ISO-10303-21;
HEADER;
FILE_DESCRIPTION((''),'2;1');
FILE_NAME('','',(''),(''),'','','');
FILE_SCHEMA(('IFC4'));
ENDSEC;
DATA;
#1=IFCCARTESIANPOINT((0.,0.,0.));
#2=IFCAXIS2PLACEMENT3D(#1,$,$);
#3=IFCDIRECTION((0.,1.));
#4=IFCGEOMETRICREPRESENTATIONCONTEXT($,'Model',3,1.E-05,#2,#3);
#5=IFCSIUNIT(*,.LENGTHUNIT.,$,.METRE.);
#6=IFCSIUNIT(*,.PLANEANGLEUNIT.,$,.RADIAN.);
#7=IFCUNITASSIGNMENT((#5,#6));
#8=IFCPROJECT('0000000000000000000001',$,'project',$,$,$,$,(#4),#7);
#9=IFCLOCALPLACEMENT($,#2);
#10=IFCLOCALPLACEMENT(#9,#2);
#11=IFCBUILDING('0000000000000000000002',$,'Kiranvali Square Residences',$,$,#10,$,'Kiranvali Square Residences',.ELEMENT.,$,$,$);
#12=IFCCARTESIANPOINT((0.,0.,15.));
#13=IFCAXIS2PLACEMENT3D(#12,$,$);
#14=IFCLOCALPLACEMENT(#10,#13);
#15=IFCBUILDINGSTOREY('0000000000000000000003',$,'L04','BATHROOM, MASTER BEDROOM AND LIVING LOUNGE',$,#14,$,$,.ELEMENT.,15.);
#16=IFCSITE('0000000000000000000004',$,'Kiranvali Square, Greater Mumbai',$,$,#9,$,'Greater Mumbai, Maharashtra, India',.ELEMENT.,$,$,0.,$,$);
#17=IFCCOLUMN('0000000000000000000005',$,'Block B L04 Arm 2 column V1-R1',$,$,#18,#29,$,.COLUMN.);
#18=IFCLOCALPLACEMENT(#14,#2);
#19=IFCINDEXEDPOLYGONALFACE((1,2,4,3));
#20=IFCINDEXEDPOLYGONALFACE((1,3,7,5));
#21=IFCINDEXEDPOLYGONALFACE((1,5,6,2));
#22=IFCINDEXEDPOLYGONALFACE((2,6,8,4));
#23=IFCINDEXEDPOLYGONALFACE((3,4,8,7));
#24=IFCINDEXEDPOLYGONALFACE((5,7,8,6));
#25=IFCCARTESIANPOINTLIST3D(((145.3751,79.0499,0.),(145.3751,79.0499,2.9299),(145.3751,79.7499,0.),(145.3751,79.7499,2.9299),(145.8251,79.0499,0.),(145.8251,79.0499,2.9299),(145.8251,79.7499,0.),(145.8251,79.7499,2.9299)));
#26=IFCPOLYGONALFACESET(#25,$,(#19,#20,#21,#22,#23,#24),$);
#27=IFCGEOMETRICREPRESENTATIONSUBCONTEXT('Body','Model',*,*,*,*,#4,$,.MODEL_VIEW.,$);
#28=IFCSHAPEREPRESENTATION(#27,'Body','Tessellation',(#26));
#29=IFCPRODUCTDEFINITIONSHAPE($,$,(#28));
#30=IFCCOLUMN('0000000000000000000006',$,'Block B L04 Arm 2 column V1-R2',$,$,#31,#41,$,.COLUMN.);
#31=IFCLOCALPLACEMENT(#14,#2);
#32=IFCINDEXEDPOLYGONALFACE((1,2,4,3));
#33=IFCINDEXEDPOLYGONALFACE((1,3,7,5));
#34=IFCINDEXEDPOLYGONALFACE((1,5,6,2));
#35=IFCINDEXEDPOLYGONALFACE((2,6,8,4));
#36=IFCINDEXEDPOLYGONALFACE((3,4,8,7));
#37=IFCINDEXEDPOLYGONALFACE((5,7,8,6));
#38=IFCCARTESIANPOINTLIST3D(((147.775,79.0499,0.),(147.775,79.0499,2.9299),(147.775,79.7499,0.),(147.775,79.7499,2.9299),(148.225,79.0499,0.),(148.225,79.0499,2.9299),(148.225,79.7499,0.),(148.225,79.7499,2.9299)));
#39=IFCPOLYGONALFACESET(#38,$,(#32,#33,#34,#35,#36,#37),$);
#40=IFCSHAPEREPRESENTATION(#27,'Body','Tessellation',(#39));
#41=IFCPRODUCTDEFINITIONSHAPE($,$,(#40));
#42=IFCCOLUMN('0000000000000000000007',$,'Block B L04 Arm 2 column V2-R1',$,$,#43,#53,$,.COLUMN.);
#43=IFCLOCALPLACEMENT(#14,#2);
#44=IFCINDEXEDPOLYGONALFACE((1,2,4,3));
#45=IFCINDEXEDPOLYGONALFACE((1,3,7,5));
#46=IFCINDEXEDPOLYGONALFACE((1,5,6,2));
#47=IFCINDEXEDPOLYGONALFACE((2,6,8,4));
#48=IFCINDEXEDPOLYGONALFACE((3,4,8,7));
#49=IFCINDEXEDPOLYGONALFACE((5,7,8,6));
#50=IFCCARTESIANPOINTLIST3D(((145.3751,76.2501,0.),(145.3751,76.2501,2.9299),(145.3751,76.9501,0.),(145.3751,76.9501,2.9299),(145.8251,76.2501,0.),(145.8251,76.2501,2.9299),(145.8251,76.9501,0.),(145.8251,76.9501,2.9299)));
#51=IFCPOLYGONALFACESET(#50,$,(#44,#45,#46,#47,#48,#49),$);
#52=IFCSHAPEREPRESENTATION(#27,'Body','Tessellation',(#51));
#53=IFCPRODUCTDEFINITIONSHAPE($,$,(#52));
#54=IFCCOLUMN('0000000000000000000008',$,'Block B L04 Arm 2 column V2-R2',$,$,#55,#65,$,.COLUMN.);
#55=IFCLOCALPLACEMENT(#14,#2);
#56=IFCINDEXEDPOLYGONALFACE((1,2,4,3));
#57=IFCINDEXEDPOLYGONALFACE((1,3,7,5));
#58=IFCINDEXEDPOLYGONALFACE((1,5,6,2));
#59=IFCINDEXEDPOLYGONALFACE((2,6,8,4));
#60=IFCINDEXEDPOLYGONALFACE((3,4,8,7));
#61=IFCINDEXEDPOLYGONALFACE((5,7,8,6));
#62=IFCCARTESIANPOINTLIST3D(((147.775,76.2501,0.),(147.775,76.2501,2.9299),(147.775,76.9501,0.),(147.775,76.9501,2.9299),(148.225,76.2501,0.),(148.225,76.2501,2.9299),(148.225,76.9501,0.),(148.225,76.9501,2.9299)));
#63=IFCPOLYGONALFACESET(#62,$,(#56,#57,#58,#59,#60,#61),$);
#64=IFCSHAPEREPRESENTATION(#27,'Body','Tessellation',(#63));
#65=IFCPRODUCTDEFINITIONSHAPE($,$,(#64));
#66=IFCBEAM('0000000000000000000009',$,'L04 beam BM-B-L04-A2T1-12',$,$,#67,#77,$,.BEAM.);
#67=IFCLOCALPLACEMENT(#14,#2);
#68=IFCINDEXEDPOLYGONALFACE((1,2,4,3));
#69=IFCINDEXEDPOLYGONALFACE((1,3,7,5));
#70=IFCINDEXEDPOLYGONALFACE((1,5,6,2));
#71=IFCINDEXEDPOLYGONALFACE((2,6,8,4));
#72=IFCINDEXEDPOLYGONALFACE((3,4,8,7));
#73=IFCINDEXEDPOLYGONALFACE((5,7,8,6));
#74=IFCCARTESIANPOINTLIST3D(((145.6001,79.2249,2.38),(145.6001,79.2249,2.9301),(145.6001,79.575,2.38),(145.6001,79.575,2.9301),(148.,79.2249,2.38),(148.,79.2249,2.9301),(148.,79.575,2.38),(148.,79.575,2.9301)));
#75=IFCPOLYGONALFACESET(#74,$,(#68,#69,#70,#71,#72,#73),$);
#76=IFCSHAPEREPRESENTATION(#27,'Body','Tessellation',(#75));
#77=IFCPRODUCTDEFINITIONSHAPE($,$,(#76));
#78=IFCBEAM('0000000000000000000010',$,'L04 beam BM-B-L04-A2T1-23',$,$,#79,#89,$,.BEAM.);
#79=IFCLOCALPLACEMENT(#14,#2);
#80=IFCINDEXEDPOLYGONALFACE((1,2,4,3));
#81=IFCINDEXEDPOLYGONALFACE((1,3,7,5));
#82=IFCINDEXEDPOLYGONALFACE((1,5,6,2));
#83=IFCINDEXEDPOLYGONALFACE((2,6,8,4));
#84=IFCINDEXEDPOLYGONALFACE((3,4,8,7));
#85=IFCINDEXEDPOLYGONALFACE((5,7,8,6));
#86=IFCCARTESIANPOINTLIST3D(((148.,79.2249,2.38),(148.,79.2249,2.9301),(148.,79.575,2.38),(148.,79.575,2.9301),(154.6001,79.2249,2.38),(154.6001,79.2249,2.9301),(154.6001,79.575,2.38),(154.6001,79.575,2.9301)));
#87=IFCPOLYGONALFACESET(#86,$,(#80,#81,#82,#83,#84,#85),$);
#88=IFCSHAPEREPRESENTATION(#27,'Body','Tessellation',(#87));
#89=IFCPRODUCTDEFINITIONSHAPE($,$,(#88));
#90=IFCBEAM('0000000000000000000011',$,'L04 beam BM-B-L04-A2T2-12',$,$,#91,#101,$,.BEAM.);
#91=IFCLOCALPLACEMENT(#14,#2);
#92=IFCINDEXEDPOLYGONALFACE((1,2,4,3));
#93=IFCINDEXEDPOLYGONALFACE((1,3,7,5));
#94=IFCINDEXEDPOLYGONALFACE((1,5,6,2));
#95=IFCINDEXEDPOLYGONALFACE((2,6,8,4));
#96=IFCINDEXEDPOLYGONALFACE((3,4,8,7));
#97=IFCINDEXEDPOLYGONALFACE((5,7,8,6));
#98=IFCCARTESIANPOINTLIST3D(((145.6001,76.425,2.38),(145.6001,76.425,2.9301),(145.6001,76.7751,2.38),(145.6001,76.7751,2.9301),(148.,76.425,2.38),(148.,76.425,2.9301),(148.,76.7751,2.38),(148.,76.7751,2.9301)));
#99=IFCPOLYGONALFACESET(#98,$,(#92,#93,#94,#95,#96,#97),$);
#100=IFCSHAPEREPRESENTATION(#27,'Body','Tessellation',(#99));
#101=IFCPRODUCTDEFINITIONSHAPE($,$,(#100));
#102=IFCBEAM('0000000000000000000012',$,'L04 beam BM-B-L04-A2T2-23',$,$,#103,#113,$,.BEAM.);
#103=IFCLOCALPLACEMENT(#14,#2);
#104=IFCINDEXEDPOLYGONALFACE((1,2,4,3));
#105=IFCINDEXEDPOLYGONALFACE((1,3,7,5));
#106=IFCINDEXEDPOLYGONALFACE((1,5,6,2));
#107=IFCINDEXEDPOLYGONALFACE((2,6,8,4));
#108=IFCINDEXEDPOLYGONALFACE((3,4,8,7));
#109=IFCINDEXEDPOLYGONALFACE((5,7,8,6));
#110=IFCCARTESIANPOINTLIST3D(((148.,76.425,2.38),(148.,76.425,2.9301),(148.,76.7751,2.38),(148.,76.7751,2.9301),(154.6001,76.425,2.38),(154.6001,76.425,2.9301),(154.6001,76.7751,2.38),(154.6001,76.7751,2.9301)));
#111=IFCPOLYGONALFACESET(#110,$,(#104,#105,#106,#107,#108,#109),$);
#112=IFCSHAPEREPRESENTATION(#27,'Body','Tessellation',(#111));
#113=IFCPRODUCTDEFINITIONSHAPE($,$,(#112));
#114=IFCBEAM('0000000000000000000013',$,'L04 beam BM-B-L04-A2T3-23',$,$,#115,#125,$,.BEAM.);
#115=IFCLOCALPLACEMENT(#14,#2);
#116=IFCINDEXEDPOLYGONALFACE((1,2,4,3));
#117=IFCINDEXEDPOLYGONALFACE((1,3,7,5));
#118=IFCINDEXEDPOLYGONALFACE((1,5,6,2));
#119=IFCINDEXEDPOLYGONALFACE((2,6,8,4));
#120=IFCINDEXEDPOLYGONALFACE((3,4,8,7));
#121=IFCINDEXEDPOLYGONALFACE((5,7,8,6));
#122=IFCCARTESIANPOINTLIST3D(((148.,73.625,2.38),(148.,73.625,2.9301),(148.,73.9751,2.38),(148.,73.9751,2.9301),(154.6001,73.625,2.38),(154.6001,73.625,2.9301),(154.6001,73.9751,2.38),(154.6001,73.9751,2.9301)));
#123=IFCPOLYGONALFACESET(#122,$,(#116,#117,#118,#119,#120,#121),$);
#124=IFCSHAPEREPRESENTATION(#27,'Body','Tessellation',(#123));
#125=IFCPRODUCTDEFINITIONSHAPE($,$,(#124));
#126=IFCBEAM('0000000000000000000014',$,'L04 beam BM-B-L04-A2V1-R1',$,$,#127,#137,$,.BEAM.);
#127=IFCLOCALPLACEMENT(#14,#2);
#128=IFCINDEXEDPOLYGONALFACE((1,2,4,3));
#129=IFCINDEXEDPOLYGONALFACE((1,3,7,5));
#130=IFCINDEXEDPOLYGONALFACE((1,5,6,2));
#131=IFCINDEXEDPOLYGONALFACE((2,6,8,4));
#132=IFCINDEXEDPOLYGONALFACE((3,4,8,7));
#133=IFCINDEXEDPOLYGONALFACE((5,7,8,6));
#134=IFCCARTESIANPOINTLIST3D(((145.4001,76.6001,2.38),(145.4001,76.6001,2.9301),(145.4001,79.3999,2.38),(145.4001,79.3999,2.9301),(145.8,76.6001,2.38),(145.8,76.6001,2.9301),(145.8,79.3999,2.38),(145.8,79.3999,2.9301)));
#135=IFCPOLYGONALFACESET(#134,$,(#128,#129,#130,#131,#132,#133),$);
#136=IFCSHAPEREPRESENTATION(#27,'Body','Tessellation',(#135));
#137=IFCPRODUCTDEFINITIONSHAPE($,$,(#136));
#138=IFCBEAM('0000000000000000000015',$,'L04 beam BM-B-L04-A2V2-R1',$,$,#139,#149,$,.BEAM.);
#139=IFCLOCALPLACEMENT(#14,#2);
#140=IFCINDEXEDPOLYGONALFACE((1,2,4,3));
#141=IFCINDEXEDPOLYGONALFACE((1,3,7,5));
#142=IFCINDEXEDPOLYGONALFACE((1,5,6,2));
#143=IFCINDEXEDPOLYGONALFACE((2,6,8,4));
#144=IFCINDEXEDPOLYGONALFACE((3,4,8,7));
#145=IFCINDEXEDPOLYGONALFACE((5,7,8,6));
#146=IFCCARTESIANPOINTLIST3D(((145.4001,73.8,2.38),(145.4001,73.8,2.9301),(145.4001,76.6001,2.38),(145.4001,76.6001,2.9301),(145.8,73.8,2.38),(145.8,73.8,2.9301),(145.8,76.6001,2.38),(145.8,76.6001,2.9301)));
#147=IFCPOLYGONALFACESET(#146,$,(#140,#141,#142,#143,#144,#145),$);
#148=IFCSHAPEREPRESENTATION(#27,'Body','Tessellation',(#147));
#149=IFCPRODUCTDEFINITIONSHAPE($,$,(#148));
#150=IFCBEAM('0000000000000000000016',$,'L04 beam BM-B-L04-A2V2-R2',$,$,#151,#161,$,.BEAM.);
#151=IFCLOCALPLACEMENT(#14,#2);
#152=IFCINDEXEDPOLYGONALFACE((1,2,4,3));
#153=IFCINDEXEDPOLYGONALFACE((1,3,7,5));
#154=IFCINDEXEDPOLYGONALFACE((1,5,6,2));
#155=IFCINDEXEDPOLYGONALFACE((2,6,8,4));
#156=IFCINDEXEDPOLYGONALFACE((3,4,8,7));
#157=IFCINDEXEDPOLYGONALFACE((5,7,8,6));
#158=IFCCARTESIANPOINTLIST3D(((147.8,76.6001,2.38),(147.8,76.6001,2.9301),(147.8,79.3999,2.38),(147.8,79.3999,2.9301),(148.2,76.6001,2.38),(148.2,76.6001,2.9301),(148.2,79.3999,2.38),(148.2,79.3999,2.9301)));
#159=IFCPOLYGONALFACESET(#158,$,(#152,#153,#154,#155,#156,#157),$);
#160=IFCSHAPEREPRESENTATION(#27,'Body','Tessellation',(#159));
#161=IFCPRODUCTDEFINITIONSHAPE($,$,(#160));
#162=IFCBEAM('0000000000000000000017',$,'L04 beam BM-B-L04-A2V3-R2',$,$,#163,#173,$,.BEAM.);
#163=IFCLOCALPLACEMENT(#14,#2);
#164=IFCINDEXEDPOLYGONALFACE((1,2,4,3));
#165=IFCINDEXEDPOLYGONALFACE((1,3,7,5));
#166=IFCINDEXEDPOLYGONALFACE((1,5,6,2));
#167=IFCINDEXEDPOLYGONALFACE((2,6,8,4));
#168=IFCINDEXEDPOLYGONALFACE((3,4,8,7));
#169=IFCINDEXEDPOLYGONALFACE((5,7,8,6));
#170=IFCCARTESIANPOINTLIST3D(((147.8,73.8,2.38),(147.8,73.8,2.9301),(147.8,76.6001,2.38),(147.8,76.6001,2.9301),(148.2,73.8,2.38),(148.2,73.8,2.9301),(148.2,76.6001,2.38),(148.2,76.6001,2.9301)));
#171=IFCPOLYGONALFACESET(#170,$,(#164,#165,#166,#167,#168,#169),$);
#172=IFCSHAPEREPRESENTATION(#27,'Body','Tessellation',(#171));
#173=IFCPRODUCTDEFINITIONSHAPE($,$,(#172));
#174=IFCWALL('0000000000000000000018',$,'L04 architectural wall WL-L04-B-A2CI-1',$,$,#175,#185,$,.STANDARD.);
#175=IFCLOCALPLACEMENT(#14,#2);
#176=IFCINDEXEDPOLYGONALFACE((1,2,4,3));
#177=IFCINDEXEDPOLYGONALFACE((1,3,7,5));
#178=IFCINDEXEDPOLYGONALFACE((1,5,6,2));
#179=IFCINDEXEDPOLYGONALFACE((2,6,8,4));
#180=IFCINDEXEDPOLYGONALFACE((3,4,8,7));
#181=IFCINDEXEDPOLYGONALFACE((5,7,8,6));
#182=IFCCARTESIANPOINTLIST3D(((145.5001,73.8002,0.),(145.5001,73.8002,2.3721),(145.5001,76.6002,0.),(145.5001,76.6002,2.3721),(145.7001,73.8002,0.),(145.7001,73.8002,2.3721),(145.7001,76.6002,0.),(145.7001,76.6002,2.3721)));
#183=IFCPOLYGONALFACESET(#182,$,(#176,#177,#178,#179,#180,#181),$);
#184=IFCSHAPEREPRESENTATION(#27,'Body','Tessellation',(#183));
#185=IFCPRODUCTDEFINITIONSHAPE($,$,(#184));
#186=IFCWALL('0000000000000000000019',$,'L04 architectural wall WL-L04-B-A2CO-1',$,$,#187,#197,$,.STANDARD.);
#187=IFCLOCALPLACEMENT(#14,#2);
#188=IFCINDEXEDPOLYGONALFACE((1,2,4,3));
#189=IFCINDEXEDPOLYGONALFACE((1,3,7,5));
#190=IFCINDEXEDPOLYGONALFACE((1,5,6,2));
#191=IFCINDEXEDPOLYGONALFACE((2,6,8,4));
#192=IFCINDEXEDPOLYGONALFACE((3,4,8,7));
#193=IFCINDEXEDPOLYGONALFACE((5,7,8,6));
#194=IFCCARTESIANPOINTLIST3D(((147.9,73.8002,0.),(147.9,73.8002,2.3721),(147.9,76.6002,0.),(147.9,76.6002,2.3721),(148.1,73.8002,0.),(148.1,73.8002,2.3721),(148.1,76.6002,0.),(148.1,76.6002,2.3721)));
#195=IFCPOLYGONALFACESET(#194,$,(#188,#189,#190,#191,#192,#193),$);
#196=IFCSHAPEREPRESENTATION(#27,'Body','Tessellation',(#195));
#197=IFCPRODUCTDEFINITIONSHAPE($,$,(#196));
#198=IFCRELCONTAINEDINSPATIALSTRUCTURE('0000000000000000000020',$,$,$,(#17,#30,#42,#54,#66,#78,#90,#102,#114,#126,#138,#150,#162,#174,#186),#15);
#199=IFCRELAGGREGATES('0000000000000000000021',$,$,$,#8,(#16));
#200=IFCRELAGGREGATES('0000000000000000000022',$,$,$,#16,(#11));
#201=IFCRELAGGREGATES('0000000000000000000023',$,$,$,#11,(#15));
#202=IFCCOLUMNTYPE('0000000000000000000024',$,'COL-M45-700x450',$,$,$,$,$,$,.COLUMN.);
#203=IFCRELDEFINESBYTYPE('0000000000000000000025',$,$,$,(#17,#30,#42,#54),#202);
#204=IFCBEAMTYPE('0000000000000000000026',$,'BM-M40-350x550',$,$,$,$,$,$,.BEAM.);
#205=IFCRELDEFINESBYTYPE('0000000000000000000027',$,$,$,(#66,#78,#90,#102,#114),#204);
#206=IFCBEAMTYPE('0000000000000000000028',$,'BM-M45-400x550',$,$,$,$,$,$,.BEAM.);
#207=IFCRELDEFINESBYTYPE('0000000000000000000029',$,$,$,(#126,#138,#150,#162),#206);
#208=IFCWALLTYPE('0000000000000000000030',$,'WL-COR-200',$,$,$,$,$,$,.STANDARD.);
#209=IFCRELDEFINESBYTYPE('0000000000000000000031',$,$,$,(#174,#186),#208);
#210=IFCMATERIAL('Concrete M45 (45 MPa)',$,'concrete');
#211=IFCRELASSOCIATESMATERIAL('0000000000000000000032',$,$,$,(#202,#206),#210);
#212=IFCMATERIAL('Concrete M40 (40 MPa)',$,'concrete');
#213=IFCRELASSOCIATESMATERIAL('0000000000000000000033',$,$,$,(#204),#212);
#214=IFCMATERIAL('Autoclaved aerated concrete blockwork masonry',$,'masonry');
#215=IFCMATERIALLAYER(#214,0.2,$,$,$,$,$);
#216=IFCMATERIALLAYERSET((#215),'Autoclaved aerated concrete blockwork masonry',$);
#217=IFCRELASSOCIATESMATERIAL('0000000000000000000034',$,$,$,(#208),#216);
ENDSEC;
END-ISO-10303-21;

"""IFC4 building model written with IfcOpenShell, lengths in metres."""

from ifc_helpers import new_model, si_unit, direction, frame, frame_2d, origin, origin_2d, place, context, subcontext, project, spatial, rectangle, extrude, material, layer, layer_set, material_profile, profile_set, type_object, element, save


model = new_model("IFC4")

# Units and contexts
model_context = context("Model", 3, precision=1e-05, world=origin(), true_north=direction((0.0, 1.0)))
body_context = subcontext(model_context, "Body", "Model", "MODEL_VIEW")
ifc_project = project(units=[si_unit("LENGTHUNIT", "METRE"), si_unit("PLANEANGLEUNIT", "RADIAN")], contexts=[model_context])

# Site, building, storey
site_placement = place(None, origin())
site = spatial("IfcSite", under=ifc_project, at=site_placement, Name="Kiranvali Square, Greater Mumbai", LongName="Greater Mumbai, Maharashtra, India", CompositionType="ELEMENT", RefElevation=0.0)
building_placement = place(site_placement, origin())
building = spatial("IfcBuilding", under=site, at=building_placement, Name="Kiranvali Square Residences", LongName="Kiranvali Square Residences", CompositionType="ELEMENT")
storey_placement = place(building_placement, frame((0.0, 0.0, 15.0)))
storey = spatial("IfcBuildingStorey", under=building, at=storey_placement, Name="L04", Description="BATHROOM, MASTER BEDROOM AND LIVING LOUNGE", CompositionType="ELEMENT", Elevation=15.0)

# Columns
ifc_material_1 = material(Name="Concrete M45 (45 MPa)", Category="concrete")
ifc_material_profile_1 = material_profile(ifc_material_1, rectangle(XDim=0.45, YDim=0.7, at=origin_2d()), Name="RC 700x450")
ifc_profile_set_1 = profile_set([ifc_material_profile_1], Name="Concrete M45 (45 MPa)")
column_type = type_object("IfcColumnType", Name="COL-M45-700x450", PredefinedType="COLUMN", material=ifc_profile_set_1)
for number, where, z_axis, x_axis, name in (
    (1, (145.6001, 79.3999, 0.0), (0.0, 0.0, 1.0), (1.0, 0.0, 0.0), "Block B L04 Arm 2 column V1-R1"),
    (2, (148.0, 79.3999, 0.0), (0.0, 0.0, 1.0), (1.0, 0.0, 0.0), "Block B L04 Arm 2 column V1-R2"),
    (3, (145.6001, 76.6001, 0.0), (0.0, 0.0, 1.0), (1.0, 0.0, 0.0), "Block B L04 Arm 2 column V2-R1"),
    (4, (148.0, 76.6001, 0.0), (0.0, 0.0, 1.0), (1.0, 0.0, 0.0), "Block B L04 Arm 2 column V2-R2"),
):
    element("IfcColumn", number, at=place(storey_placement, frame(where, z_axis=z_axis, x_axis=x_axis)), inside=storey, type_object=column_type, Name=name, PredefinedType="COLUMN", context=body_context, shape_type="SweptSolid", body=[
        extrude(rectangle(XDim=0.45, YDim=0.7, at=origin_2d()), origin(), (0.0, 0.0, 1.0), 2.9299),
    ])

# Beams
ifc_material_2 = material(Name="Concrete M40 (40 MPa)", Category="concrete")
ifc_material_profile_2 = material_profile(ifc_material_2, rectangle(XDim=0.3501, YDim=0.55, at=origin_2d()), Name="RC 350x550")
ifc_profile_set_2 = profile_set([ifc_material_profile_2], Name="Concrete M40 (40 MPa)")
beam_type_1 = type_object("IfcBeamType", Name="BM-M40-350x550", PredefinedType="BEAM", material=ifc_profile_set_2)
beam_1_placement = place(storey_placement, frame((145.6001, 79.3999, 2.655), z_axis=(1.0, 0.0, 0.0), x_axis=(0.0, 1.0, 0.0)))
element("IfcBeam", 5, at=beam_1_placement, inside=storey, type_object=beam_type_1, Name="L04 beam BM-B-L04-A2T1-12", PredefinedType="BEAM", context=body_context, shape_type="SweptSolid", body=[
    extrude(rectangle(XDim=0.3501, YDim=0.55, at=origin_2d()), origin(), (0.0, 0.0, 1.0), 2.3999),
])
beam_2_placement = place(storey_placement, frame((148.0, 79.3999, 2.655), z_axis=(1.0, 0.0, 0.0), x_axis=(0.0, 1.0, 0.0)))
element("IfcBeam", 6, at=beam_2_placement, inside=storey, type_object=beam_type_1, Name="L04 beam BM-B-L04-A2T1-23", PredefinedType="BEAM", context=body_context, shape_type="SweptSolid", body=[
    extrude(rectangle(XDim=0.3501, YDim=0.55, at=origin_2d()), origin(), (0.0, 0.0, 1.0), 6.6001),
])
beam_3_placement = place(storey_placement, frame((145.6001, 76.6001, 2.655), z_axis=(1.0, 0.0, 0.0), x_axis=(0.0, 1.0, 0.0)))
element("IfcBeam", 7, at=beam_3_placement, inside=storey, type_object=beam_type_1, Name="L04 beam BM-B-L04-A2T2-12", PredefinedType="BEAM", context=body_context, shape_type="SweptSolid", body=[
    extrude(rectangle(XDim=0.3501, YDim=0.55, at=origin_2d()), origin(), (0.0, 0.0, 1.0), 2.3999),
])
for number, where, z_axis, x_axis, name in (
    (8, (148.0, 76.6001, 2.655), (1.0, 0.0, 0.0), (0.0, 1.0, 0.0), "L04 beam BM-B-L04-A2T2-23"),
    (9, (148.0, 73.8, 2.655), (1.0, 0.0, 0.0), (0.0, 1.0, 0.0), "L04 beam BM-B-L04-A2T3-23"),
):
    element("IfcBeam", number, at=place(storey_placement, frame(where, z_axis=z_axis, x_axis=x_axis)), inside=storey, type_object=beam_type_1, Name=name, PredefinedType="BEAM", context=body_context, shape_type="SweptSolid", body=[
        extrude(rectangle(XDim=0.3501, YDim=0.55, at=origin_2d()), origin(), (0.0, 0.0, 1.0), 6.6001),
    ])
ifc_material_profile_3 = material_profile(ifc_material_1, rectangle(XDim=0.3999, YDim=0.55, at=origin_2d()), Name="RC 400x550")
ifc_profile_set_3 = profile_set([ifc_material_profile_3], Name="Concrete M45 (45 MPa)")
beam_type_2 = type_object("IfcBeamType", Name="BM-M45-400x550", PredefinedType="BEAM", material=ifc_profile_set_3)
beam_4_placement = place(storey_placement, frame((145.6001, 79.3999, 2.655), z_axis=(0.0, -1.0, 0.0), x_axis=(1.0, 0.0, 0.0)))
element("IfcBeam", 10, at=beam_4_placement, inside=storey, type_object=beam_type_2, Name="L04 beam BM-B-L04-A2V1-R1", PredefinedType="BEAM", context=body_context, shape_type="SweptSolid", body=[
    extrude(rectangle(XDim=0.3999, YDim=0.55, at=origin_2d()), origin(), (0.0, 0.0, 1.0), 2.7998),
])
beam_5_placement = place(storey_placement, frame((145.6001, 76.6001, 2.655), z_axis=(0.0, -1.0, 0.0), x_axis=(1.0, 0.0, 0.0)))
element("IfcBeam", 11, at=beam_5_placement, inside=storey, type_object=beam_type_2, Name="L04 beam BM-B-L04-A2V2-R1", PredefinedType="BEAM", context=body_context, shape_type="SweptSolid", body=[
    extrude(rectangle(XDim=0.3999, YDim=0.55, at=origin_2d()), origin(), (0.0, 0.0, 1.0), 2.8),
])
beam_6_placement = place(storey_placement, frame((148.0, 79.3999, 2.655), z_axis=(0.0, -1.0, 0.0), x_axis=(1.0, 0.0, 0.0)))
element("IfcBeam", 12, at=beam_6_placement, inside=storey, type_object=beam_type_2, Name="L04 beam BM-B-L04-A2V2-R2", PredefinedType="BEAM", context=body_context, shape_type="SweptSolid", body=[
    extrude(rectangle(XDim=0.3999, YDim=0.55, at=origin_2d()), origin(), (0.0, 0.0, 1.0), 2.7998),
])
beam_7_placement = place(storey_placement, frame((148.0, 76.6001, 2.655), z_axis=(0.0, -1.0, 0.0), x_axis=(1.0, 0.0, 0.0)))
element("IfcBeam", 13, at=beam_7_placement, inside=storey, type_object=beam_type_2, Name="L04 beam BM-B-L04-A2V3-R2", PredefinedType="BEAM", context=body_context, shape_type="SweptSolid", body=[
    extrude(rectangle(XDim=0.3999, YDim=0.55, at=origin_2d()), origin(), (0.0, 0.0, 1.0), 2.8),
])

# Shared definitions
ifc_material_3 = material(Name="Autoclaved aerated concrete blockwork masonry", Category="masonry")
ifc_layer_1 = layer(ifc_material_3, 0.2)
ifc_layer_set_1 = layer_set([ifc_layer_1], Name="Autoclaved aerated concrete blockwork masonry")
wall_type_1 = type_object("IfcWallType", Name="WL-COR-200", PredefinedType="STANDARD", material=ifc_layer_set_1)

# Walls
for number, where, z_axis, x_axis, name in (
    (14, (145.6001, 76.6001, 0.0), (0.0, 0.0, 1.0), (0.0, -1.0, 0.0), "L04 architectural wall WL-L04-B-A2CI-1"),
    (15, (148.0, 76.6001, 0.0), (0.0, 0.0, 1.0), (0.0, -1.0, 0.0), "L04 architectural wall WL-L04-B-A2CO-1"),
):
    element("IfcWall", number, at=place(storey_placement, frame(where, z_axis=z_axis, x_axis=x_axis)), inside=storey, type_object=wall_type_1, Name=name, PredefinedType="STANDARD", context=body_context, shape_type="SweptSolid", body=[
        extrude(rectangle(XDim=2.8, YDim=0.2, at=frame_2d((1.3999, 0.0))), origin(), (0.0, 0.0, 1.0), 2.3721),
    ])

save(model, "model.ifc")
